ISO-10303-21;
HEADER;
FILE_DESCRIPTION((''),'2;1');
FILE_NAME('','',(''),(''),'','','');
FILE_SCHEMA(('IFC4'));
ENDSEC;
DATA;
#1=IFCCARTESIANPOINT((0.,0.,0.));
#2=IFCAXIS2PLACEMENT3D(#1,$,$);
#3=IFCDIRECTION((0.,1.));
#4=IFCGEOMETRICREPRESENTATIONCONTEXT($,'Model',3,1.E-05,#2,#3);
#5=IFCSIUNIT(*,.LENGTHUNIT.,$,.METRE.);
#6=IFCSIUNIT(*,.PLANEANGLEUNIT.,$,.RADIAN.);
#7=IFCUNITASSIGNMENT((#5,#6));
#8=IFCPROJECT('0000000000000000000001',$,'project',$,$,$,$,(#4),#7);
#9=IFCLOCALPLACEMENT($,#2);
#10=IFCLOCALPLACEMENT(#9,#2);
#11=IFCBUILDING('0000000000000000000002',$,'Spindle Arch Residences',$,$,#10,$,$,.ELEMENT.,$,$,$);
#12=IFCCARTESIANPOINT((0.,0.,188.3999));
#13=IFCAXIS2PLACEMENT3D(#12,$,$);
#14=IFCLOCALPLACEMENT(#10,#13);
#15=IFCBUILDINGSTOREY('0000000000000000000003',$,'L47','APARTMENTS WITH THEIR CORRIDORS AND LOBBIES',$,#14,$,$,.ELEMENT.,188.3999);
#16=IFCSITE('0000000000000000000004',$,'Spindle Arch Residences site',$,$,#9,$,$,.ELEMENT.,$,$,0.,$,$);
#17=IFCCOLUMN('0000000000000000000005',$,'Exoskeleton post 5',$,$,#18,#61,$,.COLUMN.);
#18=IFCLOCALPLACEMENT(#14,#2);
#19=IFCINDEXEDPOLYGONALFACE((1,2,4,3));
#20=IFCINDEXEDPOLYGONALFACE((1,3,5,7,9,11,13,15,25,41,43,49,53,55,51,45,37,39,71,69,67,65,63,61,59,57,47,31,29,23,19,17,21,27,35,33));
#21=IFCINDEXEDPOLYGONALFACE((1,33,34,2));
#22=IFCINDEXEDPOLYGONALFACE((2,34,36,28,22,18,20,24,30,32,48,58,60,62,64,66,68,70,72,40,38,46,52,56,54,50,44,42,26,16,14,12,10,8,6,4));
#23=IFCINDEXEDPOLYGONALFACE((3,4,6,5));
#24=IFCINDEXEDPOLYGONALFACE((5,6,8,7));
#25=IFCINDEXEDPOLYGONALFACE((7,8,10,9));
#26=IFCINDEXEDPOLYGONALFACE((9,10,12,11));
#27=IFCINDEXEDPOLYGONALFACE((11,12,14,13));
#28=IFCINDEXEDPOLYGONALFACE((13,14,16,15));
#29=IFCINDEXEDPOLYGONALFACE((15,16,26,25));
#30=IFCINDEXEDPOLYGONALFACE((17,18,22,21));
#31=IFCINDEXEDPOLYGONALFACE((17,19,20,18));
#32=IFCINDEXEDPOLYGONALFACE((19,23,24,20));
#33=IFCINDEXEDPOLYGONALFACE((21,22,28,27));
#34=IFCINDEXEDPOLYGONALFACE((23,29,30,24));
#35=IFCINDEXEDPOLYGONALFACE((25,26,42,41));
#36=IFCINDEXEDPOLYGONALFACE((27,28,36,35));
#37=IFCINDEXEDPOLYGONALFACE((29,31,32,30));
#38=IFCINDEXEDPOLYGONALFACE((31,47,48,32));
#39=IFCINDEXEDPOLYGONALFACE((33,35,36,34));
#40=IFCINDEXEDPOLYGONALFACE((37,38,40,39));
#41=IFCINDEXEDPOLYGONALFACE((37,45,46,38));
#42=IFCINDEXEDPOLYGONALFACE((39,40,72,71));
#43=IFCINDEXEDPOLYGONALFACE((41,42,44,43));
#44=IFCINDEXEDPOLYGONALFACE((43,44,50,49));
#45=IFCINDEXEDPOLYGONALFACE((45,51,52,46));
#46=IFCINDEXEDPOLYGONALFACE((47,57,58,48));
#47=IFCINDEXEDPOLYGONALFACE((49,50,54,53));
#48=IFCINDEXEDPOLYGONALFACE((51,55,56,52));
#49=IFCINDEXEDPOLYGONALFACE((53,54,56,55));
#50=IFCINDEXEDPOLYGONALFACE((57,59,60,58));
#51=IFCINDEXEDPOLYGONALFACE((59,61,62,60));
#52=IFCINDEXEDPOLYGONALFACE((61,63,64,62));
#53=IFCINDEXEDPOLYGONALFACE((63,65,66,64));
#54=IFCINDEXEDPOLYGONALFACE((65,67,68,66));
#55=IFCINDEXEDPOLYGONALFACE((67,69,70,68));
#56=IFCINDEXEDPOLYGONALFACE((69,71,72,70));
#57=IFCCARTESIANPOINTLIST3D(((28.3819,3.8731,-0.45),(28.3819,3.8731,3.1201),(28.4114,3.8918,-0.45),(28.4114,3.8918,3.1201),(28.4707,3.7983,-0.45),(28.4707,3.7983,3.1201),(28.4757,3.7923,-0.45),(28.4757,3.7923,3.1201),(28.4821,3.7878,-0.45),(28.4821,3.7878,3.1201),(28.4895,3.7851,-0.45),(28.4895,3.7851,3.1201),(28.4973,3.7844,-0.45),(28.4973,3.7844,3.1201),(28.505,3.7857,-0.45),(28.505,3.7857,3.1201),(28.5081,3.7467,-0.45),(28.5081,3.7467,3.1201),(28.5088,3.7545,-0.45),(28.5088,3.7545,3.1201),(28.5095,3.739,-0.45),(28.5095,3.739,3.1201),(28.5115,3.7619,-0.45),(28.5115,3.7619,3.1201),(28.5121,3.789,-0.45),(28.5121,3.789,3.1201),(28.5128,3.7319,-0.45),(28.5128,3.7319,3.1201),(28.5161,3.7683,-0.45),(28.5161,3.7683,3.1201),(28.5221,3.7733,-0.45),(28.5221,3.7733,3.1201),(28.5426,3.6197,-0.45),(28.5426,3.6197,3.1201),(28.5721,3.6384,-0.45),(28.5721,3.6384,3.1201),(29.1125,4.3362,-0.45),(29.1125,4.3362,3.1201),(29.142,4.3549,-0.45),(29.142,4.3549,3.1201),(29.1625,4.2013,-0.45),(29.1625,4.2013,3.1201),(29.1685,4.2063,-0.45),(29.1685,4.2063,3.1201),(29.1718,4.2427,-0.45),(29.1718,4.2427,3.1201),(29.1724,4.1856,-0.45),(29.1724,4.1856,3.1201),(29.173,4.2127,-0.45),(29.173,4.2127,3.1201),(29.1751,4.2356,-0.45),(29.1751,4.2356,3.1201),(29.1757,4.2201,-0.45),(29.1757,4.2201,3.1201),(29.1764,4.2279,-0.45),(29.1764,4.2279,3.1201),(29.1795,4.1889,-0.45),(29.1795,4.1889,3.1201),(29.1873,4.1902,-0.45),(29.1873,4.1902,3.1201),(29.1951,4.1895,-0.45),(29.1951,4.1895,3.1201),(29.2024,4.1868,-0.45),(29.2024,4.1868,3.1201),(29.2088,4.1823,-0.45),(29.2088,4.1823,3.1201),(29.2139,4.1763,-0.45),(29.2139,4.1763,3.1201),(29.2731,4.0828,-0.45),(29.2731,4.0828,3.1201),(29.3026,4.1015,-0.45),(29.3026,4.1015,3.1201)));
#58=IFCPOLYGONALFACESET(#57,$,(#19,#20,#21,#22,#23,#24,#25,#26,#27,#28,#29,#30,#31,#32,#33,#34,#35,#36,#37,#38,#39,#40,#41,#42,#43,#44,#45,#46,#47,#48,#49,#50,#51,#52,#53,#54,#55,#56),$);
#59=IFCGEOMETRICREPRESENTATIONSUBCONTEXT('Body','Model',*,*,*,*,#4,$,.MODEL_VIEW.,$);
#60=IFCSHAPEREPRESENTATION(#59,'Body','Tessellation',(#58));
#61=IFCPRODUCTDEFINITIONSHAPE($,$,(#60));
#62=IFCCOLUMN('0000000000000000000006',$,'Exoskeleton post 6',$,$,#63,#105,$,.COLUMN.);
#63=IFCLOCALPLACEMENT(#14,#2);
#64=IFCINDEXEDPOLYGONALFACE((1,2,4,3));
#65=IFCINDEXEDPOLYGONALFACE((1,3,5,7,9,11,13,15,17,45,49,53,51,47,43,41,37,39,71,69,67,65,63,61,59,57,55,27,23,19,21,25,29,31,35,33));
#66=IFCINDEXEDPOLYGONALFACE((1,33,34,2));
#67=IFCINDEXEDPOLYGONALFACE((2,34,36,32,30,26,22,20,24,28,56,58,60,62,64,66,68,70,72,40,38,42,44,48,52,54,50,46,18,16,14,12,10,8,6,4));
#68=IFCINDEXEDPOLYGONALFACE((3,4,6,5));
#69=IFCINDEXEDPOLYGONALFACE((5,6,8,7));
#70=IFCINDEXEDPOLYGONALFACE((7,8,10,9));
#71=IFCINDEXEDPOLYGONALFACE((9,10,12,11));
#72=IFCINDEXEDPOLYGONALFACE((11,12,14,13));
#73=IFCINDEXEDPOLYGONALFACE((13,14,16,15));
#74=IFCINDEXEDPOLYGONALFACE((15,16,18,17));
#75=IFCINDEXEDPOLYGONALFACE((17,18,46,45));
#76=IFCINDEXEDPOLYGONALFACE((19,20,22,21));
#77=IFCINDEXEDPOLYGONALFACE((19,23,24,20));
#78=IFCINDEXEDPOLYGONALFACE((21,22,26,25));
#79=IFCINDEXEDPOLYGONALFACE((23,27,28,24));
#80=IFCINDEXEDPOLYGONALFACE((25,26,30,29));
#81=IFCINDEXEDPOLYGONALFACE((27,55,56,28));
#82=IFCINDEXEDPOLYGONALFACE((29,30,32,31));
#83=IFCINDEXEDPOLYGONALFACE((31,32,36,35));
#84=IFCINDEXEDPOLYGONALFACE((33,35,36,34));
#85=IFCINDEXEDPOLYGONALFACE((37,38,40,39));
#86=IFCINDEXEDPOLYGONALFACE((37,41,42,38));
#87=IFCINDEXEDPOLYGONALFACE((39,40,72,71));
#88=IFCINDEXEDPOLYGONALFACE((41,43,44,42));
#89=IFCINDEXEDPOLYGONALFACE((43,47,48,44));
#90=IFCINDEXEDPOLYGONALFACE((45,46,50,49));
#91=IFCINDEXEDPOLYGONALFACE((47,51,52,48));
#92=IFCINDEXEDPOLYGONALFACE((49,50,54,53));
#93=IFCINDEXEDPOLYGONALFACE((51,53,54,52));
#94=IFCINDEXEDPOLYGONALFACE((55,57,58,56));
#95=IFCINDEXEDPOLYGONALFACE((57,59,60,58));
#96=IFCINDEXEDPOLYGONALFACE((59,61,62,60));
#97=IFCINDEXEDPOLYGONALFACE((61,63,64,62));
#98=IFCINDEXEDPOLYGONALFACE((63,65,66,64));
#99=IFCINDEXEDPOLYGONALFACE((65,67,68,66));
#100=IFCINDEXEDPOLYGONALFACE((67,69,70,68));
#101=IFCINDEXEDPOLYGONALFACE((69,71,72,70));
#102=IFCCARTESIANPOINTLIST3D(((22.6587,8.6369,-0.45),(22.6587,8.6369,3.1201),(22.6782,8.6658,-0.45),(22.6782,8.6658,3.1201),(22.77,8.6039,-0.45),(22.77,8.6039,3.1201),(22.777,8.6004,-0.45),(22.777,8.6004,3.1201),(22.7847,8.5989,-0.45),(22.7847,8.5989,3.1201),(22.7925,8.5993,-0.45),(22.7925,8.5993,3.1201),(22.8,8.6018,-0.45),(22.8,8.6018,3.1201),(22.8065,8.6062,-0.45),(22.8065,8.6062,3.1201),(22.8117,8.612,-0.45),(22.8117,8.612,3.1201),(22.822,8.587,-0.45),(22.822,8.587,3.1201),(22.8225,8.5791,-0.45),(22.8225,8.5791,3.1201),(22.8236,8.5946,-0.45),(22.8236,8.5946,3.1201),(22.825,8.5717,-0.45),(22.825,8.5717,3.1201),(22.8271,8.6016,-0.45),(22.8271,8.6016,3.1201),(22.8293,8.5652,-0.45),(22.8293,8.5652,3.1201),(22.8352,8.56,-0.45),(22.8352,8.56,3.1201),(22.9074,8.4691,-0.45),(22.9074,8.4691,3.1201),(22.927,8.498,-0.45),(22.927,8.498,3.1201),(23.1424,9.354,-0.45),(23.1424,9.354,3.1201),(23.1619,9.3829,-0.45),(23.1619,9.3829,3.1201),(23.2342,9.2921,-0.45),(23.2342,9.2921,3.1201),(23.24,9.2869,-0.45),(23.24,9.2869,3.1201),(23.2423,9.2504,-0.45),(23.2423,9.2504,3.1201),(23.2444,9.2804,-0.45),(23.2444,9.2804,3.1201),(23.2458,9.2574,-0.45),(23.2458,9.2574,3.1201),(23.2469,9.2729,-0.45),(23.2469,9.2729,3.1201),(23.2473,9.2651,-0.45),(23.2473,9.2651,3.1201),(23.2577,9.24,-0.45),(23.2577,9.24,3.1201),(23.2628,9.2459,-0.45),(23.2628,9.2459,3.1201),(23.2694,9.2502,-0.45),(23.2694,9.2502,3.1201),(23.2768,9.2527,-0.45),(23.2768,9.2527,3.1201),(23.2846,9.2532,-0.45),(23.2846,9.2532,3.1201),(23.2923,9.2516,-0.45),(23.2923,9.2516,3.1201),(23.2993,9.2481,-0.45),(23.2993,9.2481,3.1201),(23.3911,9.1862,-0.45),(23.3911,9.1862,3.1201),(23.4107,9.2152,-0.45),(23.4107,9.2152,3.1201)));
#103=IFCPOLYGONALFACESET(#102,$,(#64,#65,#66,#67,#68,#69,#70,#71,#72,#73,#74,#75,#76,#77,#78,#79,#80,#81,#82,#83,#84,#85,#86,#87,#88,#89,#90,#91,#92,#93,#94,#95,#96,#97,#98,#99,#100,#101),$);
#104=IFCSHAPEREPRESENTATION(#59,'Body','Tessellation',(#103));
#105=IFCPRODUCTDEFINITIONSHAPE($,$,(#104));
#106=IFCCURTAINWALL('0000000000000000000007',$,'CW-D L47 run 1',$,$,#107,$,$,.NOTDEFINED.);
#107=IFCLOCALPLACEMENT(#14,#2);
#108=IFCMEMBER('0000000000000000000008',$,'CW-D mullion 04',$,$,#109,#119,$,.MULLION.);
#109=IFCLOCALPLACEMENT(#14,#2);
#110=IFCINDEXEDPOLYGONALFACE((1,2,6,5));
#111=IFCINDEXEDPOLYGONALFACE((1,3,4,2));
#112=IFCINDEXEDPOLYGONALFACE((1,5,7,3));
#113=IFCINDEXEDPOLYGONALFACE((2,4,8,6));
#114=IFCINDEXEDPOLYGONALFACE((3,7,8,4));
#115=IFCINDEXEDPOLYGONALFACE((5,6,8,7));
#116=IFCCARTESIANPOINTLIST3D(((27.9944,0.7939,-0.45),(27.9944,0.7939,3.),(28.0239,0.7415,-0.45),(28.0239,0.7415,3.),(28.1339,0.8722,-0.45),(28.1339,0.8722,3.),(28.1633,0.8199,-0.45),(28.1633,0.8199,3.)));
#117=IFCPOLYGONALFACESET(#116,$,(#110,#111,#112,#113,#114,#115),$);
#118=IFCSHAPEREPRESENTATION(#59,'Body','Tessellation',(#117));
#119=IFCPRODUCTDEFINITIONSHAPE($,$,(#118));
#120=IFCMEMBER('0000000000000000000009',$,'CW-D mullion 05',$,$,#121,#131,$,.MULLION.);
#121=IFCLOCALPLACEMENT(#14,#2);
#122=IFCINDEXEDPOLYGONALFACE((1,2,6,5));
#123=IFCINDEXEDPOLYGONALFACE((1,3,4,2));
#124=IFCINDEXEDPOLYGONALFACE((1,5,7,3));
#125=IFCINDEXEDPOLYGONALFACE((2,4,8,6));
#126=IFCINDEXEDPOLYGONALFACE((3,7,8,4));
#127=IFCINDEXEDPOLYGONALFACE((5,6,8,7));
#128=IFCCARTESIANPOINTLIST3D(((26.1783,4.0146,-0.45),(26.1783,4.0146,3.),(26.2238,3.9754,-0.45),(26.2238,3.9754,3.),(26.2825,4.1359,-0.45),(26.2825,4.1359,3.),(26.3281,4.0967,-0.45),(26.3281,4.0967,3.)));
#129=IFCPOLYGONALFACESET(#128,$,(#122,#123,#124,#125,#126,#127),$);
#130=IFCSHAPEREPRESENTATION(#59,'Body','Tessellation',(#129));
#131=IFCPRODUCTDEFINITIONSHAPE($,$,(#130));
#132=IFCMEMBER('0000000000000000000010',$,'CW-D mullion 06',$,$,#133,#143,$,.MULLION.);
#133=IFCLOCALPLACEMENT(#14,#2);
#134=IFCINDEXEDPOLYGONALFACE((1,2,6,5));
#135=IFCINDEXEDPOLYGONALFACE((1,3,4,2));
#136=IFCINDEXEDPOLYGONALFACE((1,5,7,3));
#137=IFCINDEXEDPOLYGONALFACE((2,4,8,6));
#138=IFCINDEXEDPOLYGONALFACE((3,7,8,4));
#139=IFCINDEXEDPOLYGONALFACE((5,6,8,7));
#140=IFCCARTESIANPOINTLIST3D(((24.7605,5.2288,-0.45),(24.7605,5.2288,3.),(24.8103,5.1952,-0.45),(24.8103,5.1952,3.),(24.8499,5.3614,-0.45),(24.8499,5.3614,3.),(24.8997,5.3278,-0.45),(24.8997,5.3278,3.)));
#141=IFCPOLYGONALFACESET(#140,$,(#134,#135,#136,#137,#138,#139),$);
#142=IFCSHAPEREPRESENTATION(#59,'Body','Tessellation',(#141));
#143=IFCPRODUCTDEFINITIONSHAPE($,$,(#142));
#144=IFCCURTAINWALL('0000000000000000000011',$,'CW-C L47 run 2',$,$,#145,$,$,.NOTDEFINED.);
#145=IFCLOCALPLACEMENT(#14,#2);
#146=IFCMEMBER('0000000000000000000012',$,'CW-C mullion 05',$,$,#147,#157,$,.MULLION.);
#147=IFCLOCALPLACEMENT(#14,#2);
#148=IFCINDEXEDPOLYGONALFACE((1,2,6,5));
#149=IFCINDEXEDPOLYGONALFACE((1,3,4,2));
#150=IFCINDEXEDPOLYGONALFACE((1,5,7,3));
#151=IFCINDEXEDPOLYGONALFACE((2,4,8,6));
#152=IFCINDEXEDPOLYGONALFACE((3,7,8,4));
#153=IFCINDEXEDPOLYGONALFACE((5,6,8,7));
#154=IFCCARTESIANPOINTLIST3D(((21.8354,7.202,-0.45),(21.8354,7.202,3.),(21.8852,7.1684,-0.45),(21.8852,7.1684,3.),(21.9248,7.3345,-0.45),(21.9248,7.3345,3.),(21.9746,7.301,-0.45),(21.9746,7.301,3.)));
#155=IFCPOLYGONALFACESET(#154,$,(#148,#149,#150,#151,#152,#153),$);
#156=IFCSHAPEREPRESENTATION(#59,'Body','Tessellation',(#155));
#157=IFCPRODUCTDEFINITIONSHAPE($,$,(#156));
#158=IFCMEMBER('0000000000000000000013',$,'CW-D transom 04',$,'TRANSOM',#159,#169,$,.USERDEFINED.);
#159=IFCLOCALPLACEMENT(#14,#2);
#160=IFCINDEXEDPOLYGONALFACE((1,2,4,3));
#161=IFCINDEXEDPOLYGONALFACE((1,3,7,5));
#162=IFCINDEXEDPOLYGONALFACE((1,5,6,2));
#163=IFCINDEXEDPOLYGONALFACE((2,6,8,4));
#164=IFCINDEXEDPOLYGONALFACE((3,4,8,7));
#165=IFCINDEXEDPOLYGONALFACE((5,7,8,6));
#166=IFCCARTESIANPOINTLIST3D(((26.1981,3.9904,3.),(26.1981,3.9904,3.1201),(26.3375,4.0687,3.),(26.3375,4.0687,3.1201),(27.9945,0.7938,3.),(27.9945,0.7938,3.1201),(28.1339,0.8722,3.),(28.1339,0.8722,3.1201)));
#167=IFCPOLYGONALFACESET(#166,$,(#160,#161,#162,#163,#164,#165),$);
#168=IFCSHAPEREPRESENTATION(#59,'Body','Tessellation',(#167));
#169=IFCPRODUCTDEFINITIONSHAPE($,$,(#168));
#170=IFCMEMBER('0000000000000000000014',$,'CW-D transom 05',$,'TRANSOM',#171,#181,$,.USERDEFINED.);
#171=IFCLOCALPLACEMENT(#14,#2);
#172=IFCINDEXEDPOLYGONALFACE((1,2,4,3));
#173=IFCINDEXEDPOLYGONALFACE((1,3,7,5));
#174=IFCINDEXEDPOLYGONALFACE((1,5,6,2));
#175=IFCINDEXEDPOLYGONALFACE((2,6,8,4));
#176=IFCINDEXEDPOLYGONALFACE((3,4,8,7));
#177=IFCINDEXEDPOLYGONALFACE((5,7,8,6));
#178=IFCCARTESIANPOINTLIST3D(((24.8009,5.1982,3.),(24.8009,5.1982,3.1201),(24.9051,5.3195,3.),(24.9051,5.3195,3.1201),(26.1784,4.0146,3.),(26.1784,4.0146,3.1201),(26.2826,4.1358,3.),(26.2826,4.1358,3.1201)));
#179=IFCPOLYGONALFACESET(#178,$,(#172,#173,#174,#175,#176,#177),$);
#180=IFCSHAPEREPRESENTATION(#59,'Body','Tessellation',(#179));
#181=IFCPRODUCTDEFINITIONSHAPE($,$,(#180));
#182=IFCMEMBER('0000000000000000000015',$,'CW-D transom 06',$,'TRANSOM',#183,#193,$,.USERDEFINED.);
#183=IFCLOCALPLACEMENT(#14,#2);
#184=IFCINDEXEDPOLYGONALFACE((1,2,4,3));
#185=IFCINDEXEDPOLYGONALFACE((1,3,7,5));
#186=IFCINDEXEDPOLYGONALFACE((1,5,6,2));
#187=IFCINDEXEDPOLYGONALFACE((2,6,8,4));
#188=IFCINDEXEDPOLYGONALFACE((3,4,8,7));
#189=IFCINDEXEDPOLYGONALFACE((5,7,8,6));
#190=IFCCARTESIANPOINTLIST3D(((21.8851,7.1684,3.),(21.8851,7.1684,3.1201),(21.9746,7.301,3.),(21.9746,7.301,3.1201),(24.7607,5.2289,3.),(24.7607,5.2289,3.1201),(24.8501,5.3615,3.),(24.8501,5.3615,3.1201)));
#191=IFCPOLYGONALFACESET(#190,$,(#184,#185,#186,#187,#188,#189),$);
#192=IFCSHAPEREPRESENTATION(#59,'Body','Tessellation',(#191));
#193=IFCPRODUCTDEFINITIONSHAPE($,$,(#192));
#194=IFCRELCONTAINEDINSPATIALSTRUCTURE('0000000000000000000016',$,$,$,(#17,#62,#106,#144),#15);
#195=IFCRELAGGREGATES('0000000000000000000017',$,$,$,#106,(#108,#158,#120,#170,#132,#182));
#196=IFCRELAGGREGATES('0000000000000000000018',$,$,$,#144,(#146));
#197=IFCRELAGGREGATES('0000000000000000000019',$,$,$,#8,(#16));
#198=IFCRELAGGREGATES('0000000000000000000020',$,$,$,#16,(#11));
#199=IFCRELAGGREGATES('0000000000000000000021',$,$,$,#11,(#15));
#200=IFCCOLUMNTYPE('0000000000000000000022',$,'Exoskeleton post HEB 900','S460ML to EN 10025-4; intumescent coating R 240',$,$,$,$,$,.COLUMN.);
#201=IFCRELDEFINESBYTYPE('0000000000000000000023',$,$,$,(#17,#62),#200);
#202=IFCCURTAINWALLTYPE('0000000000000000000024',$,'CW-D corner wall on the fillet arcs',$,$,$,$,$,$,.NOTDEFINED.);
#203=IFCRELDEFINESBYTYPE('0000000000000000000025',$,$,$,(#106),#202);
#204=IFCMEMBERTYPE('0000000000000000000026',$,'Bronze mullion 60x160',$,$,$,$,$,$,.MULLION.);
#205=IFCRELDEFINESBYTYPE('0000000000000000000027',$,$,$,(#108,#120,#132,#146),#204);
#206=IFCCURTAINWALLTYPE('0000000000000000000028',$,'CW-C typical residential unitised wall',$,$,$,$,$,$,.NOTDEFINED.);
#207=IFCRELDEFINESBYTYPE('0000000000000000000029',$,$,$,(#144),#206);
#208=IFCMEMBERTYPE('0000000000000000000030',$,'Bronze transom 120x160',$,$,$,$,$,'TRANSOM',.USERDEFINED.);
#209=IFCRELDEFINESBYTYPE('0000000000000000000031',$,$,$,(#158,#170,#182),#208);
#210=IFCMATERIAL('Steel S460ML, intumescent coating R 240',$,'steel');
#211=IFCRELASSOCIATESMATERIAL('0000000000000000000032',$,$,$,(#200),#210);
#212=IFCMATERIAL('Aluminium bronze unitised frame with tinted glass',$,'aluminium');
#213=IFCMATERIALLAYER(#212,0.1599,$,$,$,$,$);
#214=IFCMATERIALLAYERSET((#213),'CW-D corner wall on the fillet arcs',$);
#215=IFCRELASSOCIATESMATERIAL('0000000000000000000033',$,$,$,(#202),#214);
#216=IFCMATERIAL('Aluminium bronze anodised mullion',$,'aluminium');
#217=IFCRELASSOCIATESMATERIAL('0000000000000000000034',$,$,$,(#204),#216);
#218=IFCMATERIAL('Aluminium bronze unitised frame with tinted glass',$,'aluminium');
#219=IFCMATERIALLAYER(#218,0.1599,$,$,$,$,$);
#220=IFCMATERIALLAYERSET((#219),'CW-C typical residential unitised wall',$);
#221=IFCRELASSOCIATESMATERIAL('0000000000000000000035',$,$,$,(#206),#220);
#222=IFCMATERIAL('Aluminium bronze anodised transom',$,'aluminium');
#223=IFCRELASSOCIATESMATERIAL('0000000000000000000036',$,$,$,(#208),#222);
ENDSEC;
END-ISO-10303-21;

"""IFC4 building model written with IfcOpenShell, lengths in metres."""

from ifc_helpers import new_model, si_unit, direction, frame, origin, origin_2d, place, context, subcontext, project, spatial, rectangle, i_section, extrude, material, layer, layer_set, material_profile, profile_set, type_object, element, aggregate, save


model = new_model("IFC4")

# Units and contexts
model_context = context("Model", 3, precision=1e-05, world=origin(), true_north=direction((0.0, 1.0)))
body_context = subcontext(model_context, "Body", "Model", "MODEL_VIEW")
ifc_project = project(units=[si_unit("LENGTHUNIT", "METRE"), si_unit("PLANEANGLEUNIT", "RADIAN")], contexts=[model_context])

# Site, building, storey
site_placement = place(None, origin())
site = spatial("IfcSite", under=ifc_project, at=site_placement, Name="Spindle Arch Residences site", CompositionType="ELEMENT", RefElevation=0.0)
building_placement = place(site_placement, origin())
building = spatial("IfcBuilding", under=site, at=building_placement, Name="Spindle Arch Residences", CompositionType="ELEMENT")
storey_placement = place(building_placement, frame((0.0, 0.0, 188.3999)))
storey = spatial("IfcBuildingStorey", under=building, at=storey_placement, Name="L47", Description="APARTMENTS WITH THEIR CORRIDORS AND LOBBIES", CompositionType="ELEMENT", Elevation=188.3999)

# Columns
ifc_material_1 = material(Name="Steel S460ML, intumescent coating R 240", Category="steel")
ifc_material_profile_1 = material_profile(ifc_material_1, i_section(OverallWidth=0.3, OverallDepth=0.8999, WebThickness=0.0186, FlangeThickness=0.0349, FilletRadius=0.03, at=origin_2d()), Name="HEB 900")
ifc_profile_set_1 = profile_set([ifc_material_profile_1], Name="Steel S460ML, intumescent coating R 240")
column_type = type_object("IfcColumnType", Name="Exoskeleton post HEB 900", Description="S460ML to EN 10025-4; intumescent coating R 240", PredefinedType="COLUMN", material=ifc_profile_set_1)
for number, where, z_axis, x_axis, name in (
    (1, (28.8423, 3.9873, -0.45), (0.0, 0.0, 1.0), (0.5354, -0.844598, 0.0), "Exoskeleton post 5"),
    (2, (23.0347, 8.926, -0.45), (0.0, 0.0, 1.0), (0.829038, -0.559193, 0.0), "Exoskeleton post 6"),
):
    element("IfcColumn", number, at=place(storey_placement, frame(where, z_axis=z_axis, x_axis=x_axis)), inside=storey, type_object=column_type, Name=name, PredefinedType="COLUMN", context=body_context, shape_type="SweptSolid", body=[
        extrude(i_section(OverallWidth=0.3, OverallDepth=0.8999, WebThickness=0.0186, FlangeThickness=0.0349, FilletRadius=0.03, at=origin_2d()), origin(), (0.0, 0.0, 1.0), 3.5701),
    ])

# Curtain wall, members
ifc_material_2 = material(Name="Aluminium bronze unitised frame with tinted glass", Category="aluminium")
ifc_layer_1 = layer(ifc_material_2, 0.1599)
ifc_layer_set_1 = layer_set([ifc_layer_1], Name="CW-D corner wall on the fillet arcs")
curtain_wall_type_1 = type_object("IfcCurtainWallType", Name="CW-D corner wall on the fillet arcs", PredefinedType="NOTDEFINED", material=ifc_layer_set_1)
curtain_wall_1_placement = place(storey_placement, origin())
curtain_wall_1 = element("IfcCurtainWall", 3, at=curtain_wall_1_placement, inside=storey, type_object=curtain_wall_type_1, Name="CW-D L47 run 1", PredefinedType="NOTDEFINED")
ifc_material_3 = material(Name="Aluminium bronze anodised mullion", Category="aluminium")
ifc_material_profile_2 = material_profile(ifc_material_3, rectangle(XDim=0.1599, YDim=0.0601, at=origin_2d()), Name="MU 60x160")
ifc_profile_set_2 = profile_set([ifc_material_profile_2], Name="Aluminium bronze anodised mullion")
member_type_1 = type_object("IfcMemberType", Name="Bronze mullion 60x160", PredefinedType="MULLION", material=ifc_profile_set_2)
member_1_placement = place(storey_placement, frame((28.0789, 0.8069, -0.45), z_axis=(0.0, 0.0, 1.0), x_axis=(-0.871784, -0.48989, 0.0)))
member_1 = element("IfcMember", 4, at=member_1_placement, type_object=member_type_1, Name="CW-D mullion 04", PredefinedType="MULLION", context=body_context, shape_type="SweptSolid", body=[
    extrude(rectangle(XDim=0.1599, YDim=0.0601, at=origin_2d()), origin(), (0.0, 0.0, 1.0), 3.45),
])
member_2_placement = place(storey_placement, frame((26.2532, 4.0557, -0.45), z_axis=(0.0, 0.0, 1.0), x_axis=(-0.651657, -0.758514, 0.0)))
member_2 = element("IfcMember", 5, at=member_2_placement, type_object=member_type_1, Name="CW-D mullion 05", PredefinedType="MULLION", context=body_context, shape_type="SweptSolid", body=[
    extrude(rectangle(XDim=0.1599, YDim=0.0601, at=origin_2d()), origin(), (0.0, 0.0, 1.0), 3.45),
])
member_3_placement = place(storey_placement, frame((24.8301, 5.2783, -0.45), z_axis=(0.0, 0.0, 1.0), x_axis=(-0.559193, -0.829038, 0.0)))
member_3 = element("IfcMember", 6, at=member_3_placement, type_object=member_type_1, Name="CW-D mullion 06", PredefinedType="MULLION", context=body_context, shape_type="SweptSolid", body=[
    extrude(rectangle(XDim=0.1599, YDim=0.0601, at=origin_2d()), origin(), (0.0, 0.0, 1.0), 3.45),
])

# Curtain wall, member
ifc_material_4 = material(Name="Aluminium bronze unitised frame with tinted glass", Category="aluminium")
ifc_layer_2 = layer(ifc_material_4, 0.1599)
ifc_layer_set_2 = layer_set([ifc_layer_2], Name="CW-C typical residential unitised wall")
curtain_wall_type_2 = type_object("IfcCurtainWallType", Name="CW-C typical residential unitised wall", PredefinedType="NOTDEFINED", material=ifc_layer_set_2)
curtain_wall_2_placement = place(storey_placement, origin())
curtain_wall_2 = element("IfcCurtainWall", 7, at=curtain_wall_2_placement, inside=storey, type_object=curtain_wall_type_2, Name="CW-C L47 run 2", PredefinedType="NOTDEFINED")
member_4_placement = place(storey_placement, frame((21.905, 7.2515, -0.45), z_axis=(0.0, 0.0, 1.0), x_axis=(-0.559193, -0.829038, 0.0)))
member_4 = element("IfcMember", 8, at=member_4_placement, type_object=member_type_1, Name="CW-C mullion 05", PredefinedType="MULLION", context=body_context, shape_type="SweptSolid", body=[
    extrude(rectangle(XDim=0.1599, YDim=0.0601, at=origin_2d()), origin(), (0.0, 0.0, 1.0), 3.45),
])

# Members
ifc_material_5 = material(Name="Aluminium bronze anodised transom", Category="aluminium")
ifc_material_profile_3 = material_profile(ifc_material_5, rectangle(XDim=0.1599, YDim=0.1201, at=origin_2d()), Name="TR 120x160")
ifc_profile_set_3 = profile_set([ifc_material_profile_3], Name="Aluminium bronze anodised transom")
member_type_2 = type_object("IfcMemberType", Name="Bronze transom 120x160", ElementType="TRANSOM", PredefinedType="USERDEFINED", material=ifc_profile_set_3)
member_5_placement = place(storey_placement, frame((28.0642, 0.833, 3.0601), z_axis=(-0.489917, 0.871769, 0.0), x_axis=(-0.871769, -0.489917, 0.0)))
member_5 = element("IfcMember", 9, at=member_5_placement, type_object=member_type_2, Name="CW-D transom 04", ObjectType="TRANSOM", PredefinedType="USERDEFINED", context=body_context, shape_type="SweptSolid", body=[
    extrude(rectangle(XDim=0.1599, YDim=0.1201, at=origin_2d()), origin(), (0.0, 0.0, 1.0), 3.6667),
])
member_6_placement = place(storey_placement, frame((26.2305, 4.0752, 3.0601), z_axis=(-0.758459, 0.651721, 0.0), x_axis=(-0.651721, -0.758459, 0.0)))
member_6 = element("IfcMember", 10, at=member_6_placement, type_object=member_type_2, Name="CW-D transom 05", ObjectType="TRANSOM", PredefinedType="USERDEFINED", context=body_context, shape_type="SweptSolid", body=[
    extrude(rectangle(XDim=0.1599, YDim=0.1201, at=origin_2d()), origin(), (0.0, 0.0, 1.0), 1.8162),
])
member_7_placement = place(storey_placement, frame((24.8054, 5.2952, 3.0601), z_axis=(-0.829049, 0.559175, 0.0), x_axis=(-0.559175, -0.829049, 0.0)))
member_7 = element("IfcMember", 11, at=member_7_placement, type_object=member_type_2, Name="CW-D transom 06", ObjectType="TRANSOM", PredefinedType="USERDEFINED", context=body_context, shape_type="SweptSolid", body=[
    extrude(rectangle(XDim=0.1599, YDim=0.1201, at=origin_2d()), origin(), (0.0, 0.0, 1.0), 3.4685),
])

aggregate(curtain_wall_1, [member_1, member_5, member_2, member_6, member_3, member_7])
aggregate(curtain_wall_2, [member_4])

save(model, "model.ifc")
